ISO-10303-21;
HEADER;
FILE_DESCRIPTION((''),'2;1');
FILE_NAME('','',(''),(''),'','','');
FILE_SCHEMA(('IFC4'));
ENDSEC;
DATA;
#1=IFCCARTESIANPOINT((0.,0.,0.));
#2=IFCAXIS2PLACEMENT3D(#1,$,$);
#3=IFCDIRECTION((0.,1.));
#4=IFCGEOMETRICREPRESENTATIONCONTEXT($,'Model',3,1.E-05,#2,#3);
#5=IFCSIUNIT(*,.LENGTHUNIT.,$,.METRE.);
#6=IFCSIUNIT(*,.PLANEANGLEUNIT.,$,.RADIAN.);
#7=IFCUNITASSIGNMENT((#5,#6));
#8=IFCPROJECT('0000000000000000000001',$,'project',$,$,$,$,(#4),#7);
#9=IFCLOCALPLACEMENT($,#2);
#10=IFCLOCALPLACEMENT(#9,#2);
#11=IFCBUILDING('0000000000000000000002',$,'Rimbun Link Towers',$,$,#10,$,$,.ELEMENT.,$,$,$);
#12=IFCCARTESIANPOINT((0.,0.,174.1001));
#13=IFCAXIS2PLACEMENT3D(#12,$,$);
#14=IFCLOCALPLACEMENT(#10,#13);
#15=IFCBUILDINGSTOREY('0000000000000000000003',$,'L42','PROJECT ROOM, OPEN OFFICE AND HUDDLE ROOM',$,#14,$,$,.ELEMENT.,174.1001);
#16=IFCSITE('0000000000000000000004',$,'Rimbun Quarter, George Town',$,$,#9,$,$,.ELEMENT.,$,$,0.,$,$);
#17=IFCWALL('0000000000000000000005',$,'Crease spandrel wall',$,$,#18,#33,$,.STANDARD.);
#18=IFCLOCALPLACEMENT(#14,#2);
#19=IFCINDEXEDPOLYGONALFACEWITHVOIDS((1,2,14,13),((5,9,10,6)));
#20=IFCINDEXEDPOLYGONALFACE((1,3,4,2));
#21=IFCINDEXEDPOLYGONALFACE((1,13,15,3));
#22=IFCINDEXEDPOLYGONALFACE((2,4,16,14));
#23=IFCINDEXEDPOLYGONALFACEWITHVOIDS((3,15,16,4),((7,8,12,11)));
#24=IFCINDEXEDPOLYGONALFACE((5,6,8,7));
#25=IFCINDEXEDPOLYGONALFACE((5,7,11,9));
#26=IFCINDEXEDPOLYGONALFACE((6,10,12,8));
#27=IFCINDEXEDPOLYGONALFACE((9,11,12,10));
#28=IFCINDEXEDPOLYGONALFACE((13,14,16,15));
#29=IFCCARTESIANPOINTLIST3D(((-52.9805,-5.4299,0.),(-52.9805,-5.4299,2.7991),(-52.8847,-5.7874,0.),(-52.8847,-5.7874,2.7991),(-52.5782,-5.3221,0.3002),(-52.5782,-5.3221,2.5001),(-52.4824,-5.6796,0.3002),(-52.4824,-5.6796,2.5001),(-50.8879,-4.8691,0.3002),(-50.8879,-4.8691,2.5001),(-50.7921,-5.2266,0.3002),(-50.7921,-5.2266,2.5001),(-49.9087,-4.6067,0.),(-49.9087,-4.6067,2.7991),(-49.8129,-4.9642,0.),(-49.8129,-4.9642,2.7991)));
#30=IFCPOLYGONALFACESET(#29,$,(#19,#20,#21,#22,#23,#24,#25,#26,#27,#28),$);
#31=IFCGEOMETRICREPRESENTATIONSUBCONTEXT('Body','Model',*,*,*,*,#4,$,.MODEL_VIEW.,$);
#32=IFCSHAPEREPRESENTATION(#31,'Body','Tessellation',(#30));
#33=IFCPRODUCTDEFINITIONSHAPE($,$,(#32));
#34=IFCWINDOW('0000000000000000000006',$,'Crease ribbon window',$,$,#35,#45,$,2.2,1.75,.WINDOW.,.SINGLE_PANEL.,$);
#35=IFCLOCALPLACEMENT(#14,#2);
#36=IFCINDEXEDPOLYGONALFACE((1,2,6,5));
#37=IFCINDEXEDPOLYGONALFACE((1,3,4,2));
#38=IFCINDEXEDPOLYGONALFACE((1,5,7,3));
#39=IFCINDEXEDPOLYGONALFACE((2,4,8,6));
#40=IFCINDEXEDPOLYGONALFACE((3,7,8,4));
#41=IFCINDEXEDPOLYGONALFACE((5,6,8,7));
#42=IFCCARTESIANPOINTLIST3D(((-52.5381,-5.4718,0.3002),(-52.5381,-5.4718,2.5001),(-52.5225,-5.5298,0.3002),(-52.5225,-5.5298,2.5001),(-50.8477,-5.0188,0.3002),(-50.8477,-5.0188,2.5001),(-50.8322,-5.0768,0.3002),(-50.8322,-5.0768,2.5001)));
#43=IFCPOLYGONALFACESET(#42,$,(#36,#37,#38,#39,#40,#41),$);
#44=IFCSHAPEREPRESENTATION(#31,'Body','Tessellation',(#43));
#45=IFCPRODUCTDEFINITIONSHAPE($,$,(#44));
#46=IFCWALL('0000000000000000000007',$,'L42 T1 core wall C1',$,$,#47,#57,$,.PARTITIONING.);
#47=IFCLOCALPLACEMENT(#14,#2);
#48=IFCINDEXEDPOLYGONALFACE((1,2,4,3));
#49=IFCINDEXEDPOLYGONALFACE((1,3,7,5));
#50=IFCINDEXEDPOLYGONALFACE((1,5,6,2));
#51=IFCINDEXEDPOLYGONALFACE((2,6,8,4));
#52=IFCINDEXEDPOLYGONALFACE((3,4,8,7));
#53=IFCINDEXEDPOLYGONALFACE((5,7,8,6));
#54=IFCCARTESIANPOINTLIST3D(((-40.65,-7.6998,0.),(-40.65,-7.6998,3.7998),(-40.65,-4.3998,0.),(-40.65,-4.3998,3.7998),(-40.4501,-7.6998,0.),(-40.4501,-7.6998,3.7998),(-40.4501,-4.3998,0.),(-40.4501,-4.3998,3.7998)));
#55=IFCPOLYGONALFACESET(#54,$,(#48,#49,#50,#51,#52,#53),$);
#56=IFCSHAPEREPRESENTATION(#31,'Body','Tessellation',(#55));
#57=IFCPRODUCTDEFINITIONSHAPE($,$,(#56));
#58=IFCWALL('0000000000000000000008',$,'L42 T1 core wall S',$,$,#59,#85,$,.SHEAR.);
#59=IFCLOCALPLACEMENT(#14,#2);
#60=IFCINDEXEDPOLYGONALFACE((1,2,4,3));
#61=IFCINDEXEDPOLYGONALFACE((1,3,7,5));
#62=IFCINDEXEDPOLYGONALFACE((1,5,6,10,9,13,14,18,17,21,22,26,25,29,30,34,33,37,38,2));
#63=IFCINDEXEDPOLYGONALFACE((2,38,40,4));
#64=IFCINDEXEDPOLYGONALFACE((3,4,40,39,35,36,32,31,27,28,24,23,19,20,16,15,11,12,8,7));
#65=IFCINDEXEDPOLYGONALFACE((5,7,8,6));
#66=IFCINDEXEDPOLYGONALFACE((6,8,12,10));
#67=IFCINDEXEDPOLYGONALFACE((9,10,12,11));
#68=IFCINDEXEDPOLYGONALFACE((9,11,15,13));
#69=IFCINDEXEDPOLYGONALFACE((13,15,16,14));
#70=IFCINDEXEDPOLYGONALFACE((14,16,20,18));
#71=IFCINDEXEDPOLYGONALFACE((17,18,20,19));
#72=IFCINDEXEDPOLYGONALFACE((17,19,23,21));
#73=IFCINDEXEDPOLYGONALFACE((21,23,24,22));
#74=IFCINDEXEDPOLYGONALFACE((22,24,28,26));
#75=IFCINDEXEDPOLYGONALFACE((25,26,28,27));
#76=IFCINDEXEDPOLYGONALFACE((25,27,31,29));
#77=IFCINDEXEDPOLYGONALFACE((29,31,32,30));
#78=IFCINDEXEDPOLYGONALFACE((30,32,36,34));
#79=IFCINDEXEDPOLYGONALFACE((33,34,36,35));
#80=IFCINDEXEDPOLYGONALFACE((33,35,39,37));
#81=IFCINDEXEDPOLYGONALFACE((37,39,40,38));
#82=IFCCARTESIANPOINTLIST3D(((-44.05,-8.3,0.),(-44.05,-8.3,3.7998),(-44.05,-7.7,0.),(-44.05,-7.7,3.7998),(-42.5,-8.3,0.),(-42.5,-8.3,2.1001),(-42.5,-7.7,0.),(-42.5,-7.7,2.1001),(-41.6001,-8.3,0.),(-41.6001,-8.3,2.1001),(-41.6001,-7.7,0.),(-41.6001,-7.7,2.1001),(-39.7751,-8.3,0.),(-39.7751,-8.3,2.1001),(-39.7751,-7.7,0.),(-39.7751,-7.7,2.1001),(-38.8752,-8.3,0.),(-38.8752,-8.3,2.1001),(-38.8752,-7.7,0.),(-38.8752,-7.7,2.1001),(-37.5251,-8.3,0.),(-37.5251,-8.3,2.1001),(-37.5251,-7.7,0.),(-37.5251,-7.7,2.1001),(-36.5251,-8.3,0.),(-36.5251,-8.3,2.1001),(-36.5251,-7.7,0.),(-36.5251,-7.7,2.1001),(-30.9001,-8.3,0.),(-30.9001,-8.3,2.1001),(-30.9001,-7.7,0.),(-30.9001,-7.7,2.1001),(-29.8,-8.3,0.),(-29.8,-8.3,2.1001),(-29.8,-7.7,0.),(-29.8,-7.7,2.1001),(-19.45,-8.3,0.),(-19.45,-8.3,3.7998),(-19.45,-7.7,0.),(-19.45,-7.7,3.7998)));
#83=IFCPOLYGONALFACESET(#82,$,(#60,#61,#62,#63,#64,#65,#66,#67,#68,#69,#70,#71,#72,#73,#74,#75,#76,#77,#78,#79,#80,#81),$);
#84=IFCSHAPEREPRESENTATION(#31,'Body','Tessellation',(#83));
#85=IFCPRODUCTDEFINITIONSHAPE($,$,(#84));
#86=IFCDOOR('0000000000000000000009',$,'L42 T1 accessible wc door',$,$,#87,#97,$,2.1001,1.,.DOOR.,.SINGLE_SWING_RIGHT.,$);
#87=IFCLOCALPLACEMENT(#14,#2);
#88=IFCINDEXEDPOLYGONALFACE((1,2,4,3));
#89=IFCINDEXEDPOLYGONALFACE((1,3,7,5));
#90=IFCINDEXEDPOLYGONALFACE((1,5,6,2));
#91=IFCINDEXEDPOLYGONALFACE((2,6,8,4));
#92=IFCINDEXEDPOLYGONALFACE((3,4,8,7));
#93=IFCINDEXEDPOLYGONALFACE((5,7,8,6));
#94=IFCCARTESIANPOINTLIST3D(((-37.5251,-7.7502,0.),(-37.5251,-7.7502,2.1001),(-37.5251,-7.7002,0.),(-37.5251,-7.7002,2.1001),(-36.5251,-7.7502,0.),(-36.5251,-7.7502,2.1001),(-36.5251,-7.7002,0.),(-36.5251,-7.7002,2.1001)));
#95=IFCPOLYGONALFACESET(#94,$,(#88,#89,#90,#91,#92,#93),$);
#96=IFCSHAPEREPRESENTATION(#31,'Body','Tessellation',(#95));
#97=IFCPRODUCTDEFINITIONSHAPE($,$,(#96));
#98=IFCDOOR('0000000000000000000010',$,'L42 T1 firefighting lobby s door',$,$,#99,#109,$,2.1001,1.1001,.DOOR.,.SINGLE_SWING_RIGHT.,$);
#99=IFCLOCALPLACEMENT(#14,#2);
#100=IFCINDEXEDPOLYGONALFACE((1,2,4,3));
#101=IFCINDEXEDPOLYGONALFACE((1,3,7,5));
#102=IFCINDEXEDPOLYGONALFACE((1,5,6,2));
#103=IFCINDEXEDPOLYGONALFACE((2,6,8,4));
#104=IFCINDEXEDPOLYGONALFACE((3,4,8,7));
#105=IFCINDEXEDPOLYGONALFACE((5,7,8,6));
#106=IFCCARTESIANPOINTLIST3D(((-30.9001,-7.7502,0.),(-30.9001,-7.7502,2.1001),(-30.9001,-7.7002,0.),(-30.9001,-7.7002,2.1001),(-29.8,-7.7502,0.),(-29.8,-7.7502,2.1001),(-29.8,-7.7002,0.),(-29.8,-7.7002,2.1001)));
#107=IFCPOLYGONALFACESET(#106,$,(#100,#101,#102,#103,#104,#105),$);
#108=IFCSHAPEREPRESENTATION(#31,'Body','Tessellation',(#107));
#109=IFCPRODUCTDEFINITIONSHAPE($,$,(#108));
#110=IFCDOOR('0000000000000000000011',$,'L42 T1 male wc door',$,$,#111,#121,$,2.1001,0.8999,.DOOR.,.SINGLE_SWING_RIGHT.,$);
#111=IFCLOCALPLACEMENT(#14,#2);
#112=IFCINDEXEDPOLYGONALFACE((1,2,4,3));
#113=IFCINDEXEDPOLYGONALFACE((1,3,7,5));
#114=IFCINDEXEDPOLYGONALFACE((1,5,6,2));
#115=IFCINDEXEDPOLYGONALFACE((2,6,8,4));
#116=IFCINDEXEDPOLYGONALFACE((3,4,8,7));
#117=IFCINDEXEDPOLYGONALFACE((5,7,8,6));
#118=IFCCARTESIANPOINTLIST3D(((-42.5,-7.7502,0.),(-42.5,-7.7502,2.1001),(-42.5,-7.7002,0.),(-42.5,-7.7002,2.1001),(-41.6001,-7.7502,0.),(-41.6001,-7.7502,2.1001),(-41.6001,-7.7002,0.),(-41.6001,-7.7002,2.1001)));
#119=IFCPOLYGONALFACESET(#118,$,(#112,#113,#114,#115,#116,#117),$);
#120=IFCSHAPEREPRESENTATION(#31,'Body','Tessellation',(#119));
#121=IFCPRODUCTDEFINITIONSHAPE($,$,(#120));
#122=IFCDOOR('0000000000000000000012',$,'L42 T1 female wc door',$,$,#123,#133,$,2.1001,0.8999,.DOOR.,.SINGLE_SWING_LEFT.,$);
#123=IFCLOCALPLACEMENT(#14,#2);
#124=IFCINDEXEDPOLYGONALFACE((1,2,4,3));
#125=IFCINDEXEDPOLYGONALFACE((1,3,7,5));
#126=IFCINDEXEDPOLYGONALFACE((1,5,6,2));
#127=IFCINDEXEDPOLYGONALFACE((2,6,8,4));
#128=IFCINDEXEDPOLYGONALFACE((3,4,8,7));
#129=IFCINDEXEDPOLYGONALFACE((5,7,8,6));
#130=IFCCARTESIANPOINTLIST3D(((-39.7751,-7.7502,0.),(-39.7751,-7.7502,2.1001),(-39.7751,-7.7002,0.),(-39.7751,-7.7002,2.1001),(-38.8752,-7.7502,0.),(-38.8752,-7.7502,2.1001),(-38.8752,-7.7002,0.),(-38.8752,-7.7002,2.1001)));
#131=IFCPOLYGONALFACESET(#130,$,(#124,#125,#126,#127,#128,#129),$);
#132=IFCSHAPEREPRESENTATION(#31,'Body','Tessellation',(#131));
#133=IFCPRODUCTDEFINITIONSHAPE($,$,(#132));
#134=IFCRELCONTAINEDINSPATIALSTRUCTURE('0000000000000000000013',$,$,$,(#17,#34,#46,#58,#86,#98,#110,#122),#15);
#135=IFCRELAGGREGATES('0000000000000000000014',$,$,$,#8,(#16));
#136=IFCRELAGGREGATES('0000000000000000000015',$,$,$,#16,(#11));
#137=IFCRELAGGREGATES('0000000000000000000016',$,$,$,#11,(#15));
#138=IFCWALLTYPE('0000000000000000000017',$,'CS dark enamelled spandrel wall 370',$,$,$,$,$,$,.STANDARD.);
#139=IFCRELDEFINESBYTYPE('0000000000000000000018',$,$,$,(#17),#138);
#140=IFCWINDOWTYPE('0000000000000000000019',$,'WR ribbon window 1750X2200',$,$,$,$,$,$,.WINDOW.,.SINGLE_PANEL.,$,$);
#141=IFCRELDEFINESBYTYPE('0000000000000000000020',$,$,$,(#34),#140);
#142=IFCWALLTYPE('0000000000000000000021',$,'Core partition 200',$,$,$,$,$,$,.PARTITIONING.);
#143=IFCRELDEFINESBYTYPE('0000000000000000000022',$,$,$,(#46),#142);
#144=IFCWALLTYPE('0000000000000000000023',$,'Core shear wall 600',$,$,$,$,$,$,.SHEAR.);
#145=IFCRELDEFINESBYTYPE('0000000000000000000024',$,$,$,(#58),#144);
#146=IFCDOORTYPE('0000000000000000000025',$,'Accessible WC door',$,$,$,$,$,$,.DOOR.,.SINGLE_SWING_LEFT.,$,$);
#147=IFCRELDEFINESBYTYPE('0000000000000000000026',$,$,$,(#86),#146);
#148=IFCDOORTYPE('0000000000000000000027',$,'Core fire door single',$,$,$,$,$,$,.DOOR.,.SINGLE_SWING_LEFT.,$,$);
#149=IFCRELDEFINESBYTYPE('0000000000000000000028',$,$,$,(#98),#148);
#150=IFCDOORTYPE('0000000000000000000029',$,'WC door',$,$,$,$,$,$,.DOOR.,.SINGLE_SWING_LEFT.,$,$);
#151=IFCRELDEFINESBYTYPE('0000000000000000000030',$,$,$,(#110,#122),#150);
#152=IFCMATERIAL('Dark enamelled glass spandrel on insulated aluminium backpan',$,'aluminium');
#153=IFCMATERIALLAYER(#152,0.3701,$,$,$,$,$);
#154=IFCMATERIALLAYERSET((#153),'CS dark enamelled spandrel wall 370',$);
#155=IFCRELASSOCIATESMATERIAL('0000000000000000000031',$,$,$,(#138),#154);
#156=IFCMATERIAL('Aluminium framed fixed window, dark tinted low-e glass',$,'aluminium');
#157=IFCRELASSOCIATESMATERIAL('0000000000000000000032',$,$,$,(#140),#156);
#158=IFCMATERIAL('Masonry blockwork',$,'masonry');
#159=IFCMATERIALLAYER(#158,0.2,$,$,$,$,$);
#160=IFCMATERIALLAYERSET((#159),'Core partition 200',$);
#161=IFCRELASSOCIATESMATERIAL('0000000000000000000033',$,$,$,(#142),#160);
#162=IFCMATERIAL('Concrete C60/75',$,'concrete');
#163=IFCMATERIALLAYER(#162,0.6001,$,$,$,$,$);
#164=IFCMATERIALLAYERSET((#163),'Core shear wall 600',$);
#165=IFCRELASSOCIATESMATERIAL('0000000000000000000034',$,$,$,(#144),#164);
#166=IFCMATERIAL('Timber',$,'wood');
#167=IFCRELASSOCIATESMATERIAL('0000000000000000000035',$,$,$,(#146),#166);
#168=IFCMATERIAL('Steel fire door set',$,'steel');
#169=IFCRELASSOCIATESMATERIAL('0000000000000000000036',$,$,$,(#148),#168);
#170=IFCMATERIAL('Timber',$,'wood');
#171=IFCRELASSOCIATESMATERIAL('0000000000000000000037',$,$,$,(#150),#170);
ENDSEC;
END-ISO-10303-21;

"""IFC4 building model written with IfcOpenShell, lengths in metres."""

from ifc_helpers import new_model, si_unit, direction, frame, frame_2d, origin, place, context, subcontext, project, spatial, rectangle, extrude, material, layer, layer_set, type_object, element, fill, save


model = new_model("IFC4")

# Units and contexts
model_context = context("Model", 3, precision=1e-05, world=origin(), true_north=direction((0.0, 1.0)))
body_context = subcontext(model_context, "Body", "Model", "MODEL_VIEW")
ifc_project = project(units=[si_unit("LENGTHUNIT", "METRE"), si_unit("PLANEANGLEUNIT", "RADIAN")], contexts=[model_context])

# Site, building, storey
site_placement = place(None, origin())
site = spatial("IfcSite", under=ifc_project, at=site_placement, Name="Rimbun Quarter, George Town", CompositionType="ELEMENT", RefElevation=0.0)
building_placement = place(site_placement, origin())
building = spatial("IfcBuilding", under=site, at=building_placement, Name="Rimbun Link Towers", CompositionType="ELEMENT")
storey_placement = place(building_placement, frame((0.0, 0.0, 174.1001)))
storey = spatial("IfcBuildingStorey", under=building, at=storey_placement, Name="L42", Description="PROJECT ROOM, OPEN OFFICE AND HUDDLE ROOM", CompositionType="ELEMENT", Elevation=174.1001)

# Wall, opening, window
ifc_material_1 = material(Name="Dark enamelled glass spandrel on insulated aluminium backpan", Category="aluminium")
ifc_layer_1 = layer(ifc_material_1, 0.3701)
ifc_layer_set_1 = layer_set([ifc_layer_1], Name="CS dark enamelled spandrel wall 370")
wall_type_1 = type_object("IfcWallType", Name="CS dark enamelled spandrel wall 370", PredefinedType="STANDARD", material=ifc_layer_set_1)
wall_1_placement = place(storey_placement, frame((-52.9326, -5.6086, 0.0), z_axis=(0.0, 0.0, 1.0), x_axis=(0.965913, 0.258867, 0.0)))
wall_1 = element("IfcWall", 1, at=wall_1_placement, inside=storey, type_object=wall_type_1, Name="Crease spandrel wall", PredefinedType="STANDARD", context=body_context, shape_type="SweptSolid", body=[
    extrude(rectangle(XDim=3.1802, YDim=0.3701, at=frame_2d((1.5901, 0.0))), origin(), (0.0, 0.0, 1.0), 2.7991),
])
opening_1_placement = place(wall_1_placement, frame((0.4165, 0.0, 0.3)))
opening_1 = element("IfcOpeningElement", 2, at=opening_1_placement, cuts=wall_1, PredefinedType="OPENING", context=body_context, shape_type="SweptSolid", body=[
    extrude(rectangle(XDim=1.75, YDim=2.2, at=frame_2d((0.875, 1.1001))), frame((0.0, 0.1951, 0.0), z_axis=(0.0, -1.0, 0.0), x_axis=(1.0, 0.0, 0.0)), (0.0, 0.0, 1.0), 0.3901),
])
ifc_material_2 = material(Name="Aluminium framed fixed window, dark tinted low-e glass", Category="aluminium")
window_type_1 = type_object("IfcWindowType", Name="WR ribbon window 1750X2200", PartitioningType="SINGLE_PANEL", PredefinedType="WINDOW", material=ifc_material_2)
window_1_placement = place(opening_1_placement, origin())
window_1 = element("IfcWindow", 3, at=window_1_placement, inside=storey, type_object=window_type_1, Name="Crease ribbon window", OverallHeight=2.2, OverallWidth=1.75, PartitioningType="SINGLE_PANEL", PredefinedType="WINDOW", context=body_context, shape_type="SweptSolid", body=[
    extrude(rectangle(XDim=1.75, YDim=2.2, at=frame_2d((0.875, 1.1001))), frame((0.0, 0.03, 0.0), z_axis=(0.0, -1.0, 0.0), x_axis=(1.0, 0.0, 0.0)), (0.0, 0.0, 1.0), 0.0601),
])
fill(opening_1, window_1)

# Wall
ifc_material_3 = material(Name="Masonry blockwork", Category="masonry")
ifc_layer_2 = layer(ifc_material_3, 0.2)
ifc_layer_set_2 = layer_set([ifc_layer_2], Name="Core partition 200")
wall_type_2 = type_object("IfcWallType", Name="Core partition 200", PredefinedType="PARTITIONING", material=ifc_layer_set_2)
wall_2_placement = place(storey_placement, frame((-40.55, -4.3999, 0.0), z_axis=(0.0, 0.0, 1.0), x_axis=(0.0, -1.0, 0.0)))
element("IfcWall", 4, at=wall_2_placement, inside=storey, type_object=wall_type_2, Name="L42 T1 core wall C1", PredefinedType="PARTITIONING", context=body_context, shape_type="SweptSolid", body=[
    extrude(rectangle(XDim=3.3, YDim=0.2, at=frame_2d((1.6499, 0.0))), origin(), (0.0, 0.0, 1.0), 3.7998),
])

# Wall, openings, doors
ifc_material_4 = material(Name="Concrete C60/75", Category="concrete")
ifc_layer_3 = layer(ifc_material_4, 0.6001)
ifc_layer_set_3 = layer_set([ifc_layer_3], Name="Core shear wall 600")
wall_type_3 = type_object("IfcWallType", Name="Core shear wall 600", PredefinedType="SHEAR", material=ifc_layer_set_3)
wall_3_placement = place(storey_placement, frame((-44.05, -8.0, 0.0), z_axis=(0.0, 0.0, 1.0), x_axis=(1.0, 0.0, 0.0)))
wall_3 = element("IfcWall", 5, at=wall_3_placement, inside=storey, type_object=wall_type_3, Name="L42 T1 core wall S", PredefinedType="SHEAR", context=body_context, shape_type="SweptSolid", body=[
    extrude(rectangle(XDim=24.6001, YDim=0.6001, at=frame_2d((12.3, 0.0))), origin(), (0.0, 0.0, 1.0), 3.7998),
])
opening_2_placement = place(wall_3_placement, frame((13.1499, 0.0, 0.0)))
opening_2 = element("IfcOpeningElement", 6, at=opening_2_placement, cuts=wall_3, PredefinedType="OPENING", context=body_context, shape_type="SweptSolid", body=[
    extrude(rectangle(XDim=1.1001, YDim=2.1001, at=frame_2d((0.55, 1.05))), frame((0.0, 0.3101, 0.0), z_axis=(0.0, -1.0, 0.0), x_axis=(1.0, 0.0, 0.0)), (0.0, 0.0, 1.0), 0.6201),
])
opening_3_placement = place(wall_3_placement, frame((1.55, 0.0, 0.0)))
opening_3 = element("IfcOpeningElement", 7, at=opening_3_placement, cuts=wall_3, PredefinedType="OPENING", context=body_context, shape_type="SweptSolid", body=[
    extrude(rectangle(XDim=0.8999, YDim=2.1001, at=frame_2d((0.45, 1.05))), frame((0.0, 0.3101, 0.0), z_axis=(0.0, -1.0, 0.0), x_axis=(1.0, 0.0, 0.0)), (0.0, 0.0, 1.0), 0.6201),
])
opening_4_placement = place(wall_3_placement, frame((4.2749, 0.0, 0.0)))
opening_4 = element("IfcOpeningElement", 8, at=opening_4_placement, cuts=wall_3, PredefinedType="OPENING", context=body_context, shape_type="SweptSolid", body=[
    extrude(rectangle(XDim=0.8999, YDim=2.1001, at=frame_2d((0.45, 1.05))), frame((0.0, 0.3101, 0.0), z_axis=(0.0, -1.0, 0.0), x_axis=(1.0, 0.0, 0.0)), (0.0, 0.0, 1.0), 0.6201),
])
opening_5_placement = place(wall_3_placement, frame((6.5249, 0.0, 0.0)))
opening_5 = element("IfcOpeningElement", 9, at=opening_5_placement, cuts=wall_3, PredefinedType="OPENING", context=body_context, shape_type="SweptSolid", body=[
    extrude(rectangle(XDim=1.0, YDim=2.1001, at=frame_2d((0.5, 1.05))), frame((0.0, 0.3101, 0.0), z_axis=(0.0, -1.0, 0.0), x_axis=(1.0, 0.0, 0.0)), (0.0, 0.0, 1.0), 0.6201),
])
ifc_material_5 = material(Name="Timber", Category="wood")
door_type_1 = type_object("IfcDoorType", Name="Accessible WC door", OperationType="SINGLE_SWING_LEFT", PredefinedType="DOOR", material=ifc_material_5)
door_1_placement = place(opening_5_placement, origin())
door_1 = element("IfcDoor", 10, at=door_1_placement, inside=storey, type_object=door_type_1, Name="L42 T1 accessible wc door", OperationType="SINGLE_SWING_RIGHT", OverallHeight=2.1001, OverallWidth=1.0, PredefinedType="DOOR", context=body_context, shape_type="SweptSolid", body=[
    extrude(rectangle(XDim=1.0, YDim=2.1001, at=frame_2d((0.5, 1.05))), frame((0.0, 0.2998, 0.0), z_axis=(0.0, -1.0, 0.0), x_axis=(1.0, 0.0, 0.0)), (0.0, 0.0, 1.0), 0.05),
])
fill(opening_5, door_1)
ifc_material_6 = material(Name="Steel fire door set", Category="steel")
door_type_2 = type_object("IfcDoorType", Name="Core fire door single", OperationType="SINGLE_SWING_LEFT", PredefinedType="DOOR", material=ifc_material_6)
door_2_placement = place(opening_2_placement, origin())
door_2 = element("IfcDoor", 11, at=door_2_placement, inside=storey, type_object=door_type_2, Name="L42 T1 firefighting lobby s door", OperationType="SINGLE_SWING_RIGHT", OverallHeight=2.1001, OverallWidth=1.1001, PredefinedType="DOOR", context=body_context, shape_type="SweptSolid", body=[
    extrude(rectangle(XDim=1.1001, YDim=2.1001, at=frame_2d((0.55, 1.05))), frame((0.0, 0.2998, 0.0), z_axis=(0.0, -1.0, 0.0), x_axis=(1.0, 0.0, 0.0)), (0.0, 0.0, 1.0), 0.05),
])
fill(opening_2, door_2)
ifc_material_7 = material(Name="Timber", Category="wood")
door_type_3 = type_object("IfcDoorType", Name="WC door", OperationType="SINGLE_SWING_LEFT", PredefinedType="DOOR", material=ifc_material_7)
door_3_placement = place(opening_3_placement, origin())
door_3 = element("IfcDoor", 12, at=door_3_placement, inside=storey, type_object=door_type_3, Name="L42 T1 male wc door", OperationType="SINGLE_SWING_RIGHT", OverallHeight=2.1001, OverallWidth=0.8999, PredefinedType="DOOR", context=body_context, shape_type="SweptSolid", body=[
    extrude(rectangle(XDim=0.8999, YDim=2.1001, at=frame_2d((0.45, 1.05))), frame((0.0, 0.2998, 0.0), z_axis=(0.0, -1.0, 0.0), x_axis=(1.0, 0.0, 0.0)), (0.0, 0.0, 1.0), 0.05),
])
fill(opening_3, door_3)
door_4_placement = place(opening_4_placement, origin())
door_4 = element("IfcDoor", 13, at=door_4_placement, inside=storey, type_object=door_type_3, Name="L42 T1 female wc door", OperationType="SINGLE_SWING_LEFT", OverallHeight=2.1001, OverallWidth=0.8999, PredefinedType="DOOR", context=body_context, shape_type="SweptSolid", body=[
    extrude(rectangle(XDim=0.8999, YDim=2.1001, at=frame_2d((0.45, 1.05))), frame((0.0, 0.2998, 0.0), z_axis=(0.0, -1.0, 0.0), x_axis=(1.0, 0.0, 0.0)), (0.0, 0.0, 1.0), 0.05),
])
fill(opening_4, door_4)

save(model, "model.ifc")
